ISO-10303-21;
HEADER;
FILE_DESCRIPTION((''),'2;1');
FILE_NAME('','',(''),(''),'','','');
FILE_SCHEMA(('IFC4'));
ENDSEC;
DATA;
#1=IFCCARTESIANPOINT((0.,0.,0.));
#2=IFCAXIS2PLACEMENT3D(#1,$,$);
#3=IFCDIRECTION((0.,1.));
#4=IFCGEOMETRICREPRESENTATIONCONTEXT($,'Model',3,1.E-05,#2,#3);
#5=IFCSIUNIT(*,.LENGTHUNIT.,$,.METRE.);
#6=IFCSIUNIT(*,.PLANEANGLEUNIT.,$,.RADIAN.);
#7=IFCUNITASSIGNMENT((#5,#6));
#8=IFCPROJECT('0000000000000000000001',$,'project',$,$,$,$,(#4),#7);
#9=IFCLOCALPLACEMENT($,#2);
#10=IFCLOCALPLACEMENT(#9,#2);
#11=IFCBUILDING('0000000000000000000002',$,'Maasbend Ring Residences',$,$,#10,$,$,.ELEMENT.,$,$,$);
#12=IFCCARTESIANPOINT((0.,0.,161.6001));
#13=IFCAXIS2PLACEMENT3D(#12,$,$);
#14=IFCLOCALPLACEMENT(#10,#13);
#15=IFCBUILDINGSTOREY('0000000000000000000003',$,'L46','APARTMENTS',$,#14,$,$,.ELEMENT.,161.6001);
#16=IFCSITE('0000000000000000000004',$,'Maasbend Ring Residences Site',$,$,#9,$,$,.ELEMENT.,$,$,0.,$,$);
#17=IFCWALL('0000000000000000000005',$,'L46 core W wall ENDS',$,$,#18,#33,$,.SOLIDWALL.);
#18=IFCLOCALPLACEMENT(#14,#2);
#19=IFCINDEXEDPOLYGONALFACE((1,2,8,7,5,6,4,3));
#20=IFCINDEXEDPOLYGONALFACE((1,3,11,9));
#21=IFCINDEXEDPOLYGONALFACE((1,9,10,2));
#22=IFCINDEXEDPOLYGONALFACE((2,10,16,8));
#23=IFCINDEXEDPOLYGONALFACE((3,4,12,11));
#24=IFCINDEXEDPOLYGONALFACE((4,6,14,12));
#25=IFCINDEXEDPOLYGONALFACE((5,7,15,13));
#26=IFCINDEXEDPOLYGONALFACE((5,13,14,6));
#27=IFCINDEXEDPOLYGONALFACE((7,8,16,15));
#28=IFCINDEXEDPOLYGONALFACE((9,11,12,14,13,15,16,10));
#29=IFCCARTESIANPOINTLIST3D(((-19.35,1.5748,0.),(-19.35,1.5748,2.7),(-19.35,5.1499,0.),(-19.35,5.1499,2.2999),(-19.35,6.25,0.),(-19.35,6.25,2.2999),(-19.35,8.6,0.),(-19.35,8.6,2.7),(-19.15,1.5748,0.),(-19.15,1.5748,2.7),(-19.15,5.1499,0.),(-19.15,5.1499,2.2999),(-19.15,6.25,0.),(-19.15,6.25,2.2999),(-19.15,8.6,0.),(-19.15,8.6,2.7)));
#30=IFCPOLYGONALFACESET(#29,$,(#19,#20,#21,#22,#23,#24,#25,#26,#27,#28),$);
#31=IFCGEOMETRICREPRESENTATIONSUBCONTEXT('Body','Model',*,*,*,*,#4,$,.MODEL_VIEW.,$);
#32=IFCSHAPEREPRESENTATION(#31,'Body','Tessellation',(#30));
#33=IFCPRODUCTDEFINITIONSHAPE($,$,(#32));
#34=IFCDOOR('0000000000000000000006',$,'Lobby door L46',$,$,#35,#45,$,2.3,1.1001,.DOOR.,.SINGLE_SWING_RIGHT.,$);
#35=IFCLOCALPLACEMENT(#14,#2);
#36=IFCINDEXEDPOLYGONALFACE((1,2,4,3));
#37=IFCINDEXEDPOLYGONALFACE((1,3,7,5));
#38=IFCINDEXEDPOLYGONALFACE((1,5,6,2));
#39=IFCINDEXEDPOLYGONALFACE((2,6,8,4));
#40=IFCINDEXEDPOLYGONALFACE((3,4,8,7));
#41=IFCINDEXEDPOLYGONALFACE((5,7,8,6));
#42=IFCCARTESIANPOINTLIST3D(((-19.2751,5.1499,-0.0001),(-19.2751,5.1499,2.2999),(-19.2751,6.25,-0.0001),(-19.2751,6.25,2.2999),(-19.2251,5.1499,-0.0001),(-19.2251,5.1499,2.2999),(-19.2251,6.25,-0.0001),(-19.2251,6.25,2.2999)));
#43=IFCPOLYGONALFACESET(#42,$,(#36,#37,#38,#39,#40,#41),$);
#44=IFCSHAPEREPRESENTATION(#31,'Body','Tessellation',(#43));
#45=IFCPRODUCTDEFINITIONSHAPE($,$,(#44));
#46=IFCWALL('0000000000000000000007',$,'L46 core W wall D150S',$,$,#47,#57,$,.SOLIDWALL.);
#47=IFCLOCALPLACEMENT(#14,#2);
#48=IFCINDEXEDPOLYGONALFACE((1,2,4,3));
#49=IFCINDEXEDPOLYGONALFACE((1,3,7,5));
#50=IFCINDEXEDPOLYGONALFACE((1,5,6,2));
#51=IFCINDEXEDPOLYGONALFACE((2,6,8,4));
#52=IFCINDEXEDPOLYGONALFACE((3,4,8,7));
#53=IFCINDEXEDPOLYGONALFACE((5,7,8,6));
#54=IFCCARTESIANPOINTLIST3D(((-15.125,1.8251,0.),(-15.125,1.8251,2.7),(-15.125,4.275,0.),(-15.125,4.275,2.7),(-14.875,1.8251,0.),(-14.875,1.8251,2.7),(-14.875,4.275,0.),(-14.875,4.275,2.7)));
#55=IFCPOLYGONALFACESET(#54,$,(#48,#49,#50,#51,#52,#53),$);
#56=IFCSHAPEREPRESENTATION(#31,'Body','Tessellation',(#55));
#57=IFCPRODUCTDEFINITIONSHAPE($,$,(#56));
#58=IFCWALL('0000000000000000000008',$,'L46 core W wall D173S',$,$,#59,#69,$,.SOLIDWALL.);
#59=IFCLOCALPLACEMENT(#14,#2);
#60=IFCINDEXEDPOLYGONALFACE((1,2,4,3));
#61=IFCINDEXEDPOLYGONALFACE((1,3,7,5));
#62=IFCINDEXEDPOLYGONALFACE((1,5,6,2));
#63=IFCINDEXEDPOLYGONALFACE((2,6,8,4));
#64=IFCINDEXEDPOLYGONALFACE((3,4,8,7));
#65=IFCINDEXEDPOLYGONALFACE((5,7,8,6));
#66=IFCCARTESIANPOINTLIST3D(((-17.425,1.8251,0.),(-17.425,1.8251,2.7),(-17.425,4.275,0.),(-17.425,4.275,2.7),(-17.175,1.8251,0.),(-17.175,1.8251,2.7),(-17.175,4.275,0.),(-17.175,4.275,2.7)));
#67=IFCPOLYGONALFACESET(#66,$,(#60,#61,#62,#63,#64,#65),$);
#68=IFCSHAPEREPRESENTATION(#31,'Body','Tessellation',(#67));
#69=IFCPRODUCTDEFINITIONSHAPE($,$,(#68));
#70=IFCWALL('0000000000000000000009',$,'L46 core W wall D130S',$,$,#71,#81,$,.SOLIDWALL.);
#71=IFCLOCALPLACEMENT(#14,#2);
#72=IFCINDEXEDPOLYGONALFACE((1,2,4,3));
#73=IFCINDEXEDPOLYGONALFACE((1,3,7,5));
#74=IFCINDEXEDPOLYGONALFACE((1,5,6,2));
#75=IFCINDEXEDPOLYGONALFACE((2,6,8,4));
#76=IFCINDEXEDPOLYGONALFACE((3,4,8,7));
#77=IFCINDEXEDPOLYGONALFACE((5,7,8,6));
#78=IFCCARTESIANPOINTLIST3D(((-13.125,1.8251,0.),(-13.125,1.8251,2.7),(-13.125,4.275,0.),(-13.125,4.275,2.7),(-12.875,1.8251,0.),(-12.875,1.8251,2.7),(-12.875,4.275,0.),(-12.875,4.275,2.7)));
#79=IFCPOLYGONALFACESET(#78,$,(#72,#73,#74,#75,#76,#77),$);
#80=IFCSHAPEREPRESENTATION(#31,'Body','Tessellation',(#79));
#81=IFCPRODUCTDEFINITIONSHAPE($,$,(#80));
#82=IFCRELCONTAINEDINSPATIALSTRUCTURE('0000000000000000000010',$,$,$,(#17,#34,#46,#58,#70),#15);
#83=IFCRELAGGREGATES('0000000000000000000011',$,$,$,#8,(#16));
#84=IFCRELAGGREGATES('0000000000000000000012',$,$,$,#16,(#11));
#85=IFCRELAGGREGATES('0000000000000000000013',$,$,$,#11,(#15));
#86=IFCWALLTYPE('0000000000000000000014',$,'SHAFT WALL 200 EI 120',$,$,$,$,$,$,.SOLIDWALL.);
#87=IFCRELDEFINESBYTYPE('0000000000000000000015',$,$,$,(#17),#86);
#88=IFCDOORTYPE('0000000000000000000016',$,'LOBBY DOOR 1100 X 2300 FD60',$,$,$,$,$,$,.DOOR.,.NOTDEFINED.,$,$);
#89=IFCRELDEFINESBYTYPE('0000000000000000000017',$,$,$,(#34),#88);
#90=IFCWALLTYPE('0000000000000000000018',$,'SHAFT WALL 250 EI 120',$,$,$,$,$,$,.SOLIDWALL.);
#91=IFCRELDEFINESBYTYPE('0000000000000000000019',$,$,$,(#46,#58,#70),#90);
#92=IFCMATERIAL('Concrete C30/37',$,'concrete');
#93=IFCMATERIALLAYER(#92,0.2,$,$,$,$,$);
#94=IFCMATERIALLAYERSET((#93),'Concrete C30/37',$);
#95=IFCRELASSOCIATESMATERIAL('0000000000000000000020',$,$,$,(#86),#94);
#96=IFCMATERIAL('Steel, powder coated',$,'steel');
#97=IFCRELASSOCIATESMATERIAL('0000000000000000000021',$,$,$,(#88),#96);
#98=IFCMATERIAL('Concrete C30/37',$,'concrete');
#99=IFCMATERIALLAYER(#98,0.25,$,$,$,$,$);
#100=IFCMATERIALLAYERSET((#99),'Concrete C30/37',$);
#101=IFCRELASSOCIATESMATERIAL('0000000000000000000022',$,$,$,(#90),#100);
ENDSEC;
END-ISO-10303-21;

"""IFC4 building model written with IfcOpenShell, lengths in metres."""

from ifc_helpers import new_model, si_unit, direction, frame, frame_2d, origin, place, context, subcontext, project, spatial, rectangle, extrude, material, layer, layer_set, type_object, element, fill, save


model = new_model("IFC4")

# Units and contexts
model_context = context("Model", 3, precision=1e-05, world=origin(), true_north=direction((0.0, 1.0)))
body_context = subcontext(model_context, "Body", "Model", "MODEL_VIEW")
ifc_project = project(units=[si_unit("LENGTHUNIT", "METRE"), si_unit("PLANEANGLEUNIT", "RADIAN")], contexts=[model_context])

# Site, building, storey
site_placement = place(None, origin())
site = spatial("IfcSite", under=ifc_project, at=site_placement, Name="Maasbend Ring Residences Site", CompositionType="ELEMENT", RefElevation=0.0)
building_placement = place(site_placement, origin())
building = spatial("IfcBuilding", under=site, at=building_placement, Name="Maasbend Ring Residences", CompositionType="ELEMENT")
storey_placement = place(building_placement, frame((0.0, 0.0, 161.6001)))
storey = spatial("IfcBuildingStorey", under=building, at=storey_placement, Name="L46", Description="APARTMENTS", CompositionType="ELEMENT", Elevation=161.6001)

# Wall, opening, door
ifc_material_1 = material(Name="Concrete C30/37", Category="concrete")
ifc_layer_1 = layer(ifc_material_1, 0.2)
ifc_layer_set_1 = layer_set([ifc_layer_1], Name="Concrete C30/37")
wall_type_1 = type_object("IfcWallType", Name="SHAFT WALL 200 EI 120", PredefinedType="SOLIDWALL", material=ifc_layer_set_1)
wall_1_placement = place(storey_placement, frame((-19.25, 8.6001, 0.0), z_axis=(0.0, 0.0, 1.0), x_axis=(0.0, -1.0, 0.0)))
wall_1 = element("IfcWall", 1, at=wall_1_placement, inside=storey, type_object=wall_type_1, Name="L46 core W wall ENDS", PredefinedType="SOLIDWALL", context=body_context, shape_type="SweptSolid", body=[
    extrude(rectangle(XDim=7.0251, YDim=0.2, at=frame_2d((3.5127, 0.0))), origin(), (0.0, 0.0, 1.0), 2.7),
])
opening_1_placement = place(wall_1_placement, frame((2.3501, 0.0, 0.0)))
opening_1 = element("IfcOpeningElement", 2, at=opening_1_placement, cuts=wall_1, PredefinedType="OPENING", context=body_context, shape_type="SweptSolid", body=[
    extrude(rectangle(XDim=1.1001, YDim=2.3, at=frame_2d((0.55, 1.1499))), frame((0.0, 0.1099, 0.0), z_axis=(0.0, -1.0, 0.0), x_axis=(1.0, 0.0, 0.0)), (0.0, 0.0, 1.0), 0.22),
])
ifc_material_2 = material(Name="Steel, powder coated", Category="steel")
door_type_1 = type_object("IfcDoorType", Name="LOBBY DOOR 1100 X 2300 FD60", OperationType="NOTDEFINED", PredefinedType="DOOR", material=ifc_material_2)
door_1_placement = place(opening_1_placement, origin())
door_1 = element("IfcDoor", 3, at=door_1_placement, inside=storey, type_object=door_type_1, Name="Lobby door L46", OperationType="SINGLE_SWING_RIGHT", OverallHeight=2.3, OverallWidth=1.1001, PredefinedType="DOOR", context=body_context, shape_type="SweptSolid", body=[
    extrude(rectangle(XDim=1.1001, YDim=2.3, at=frame_2d((0.55, 1.1499))), frame((0.0, 0.0249, 0.0), z_axis=(0.0, -1.0, 0.0), x_axis=(1.0, 0.0, 0.0)), (0.0, 0.0, 1.0), 0.05),
])
fill(opening_1, door_1)

# Walls
ifc_material_3 = material(Name="Concrete C30/37", Category="concrete")
ifc_layer_2 = layer(ifc_material_3, 0.25)
ifc_layer_set_2 = layer_set([ifc_layer_2], Name="Concrete C30/37")
wall_type_2 = type_object("IfcWallType", Name="SHAFT WALL 250 EI 120", PredefinedType="SOLIDWALL", material=ifc_layer_set_2)
for number, where, z_axis, x_axis, name in (
    (4, (-15.0, 1.825, 0.0), (0.0, 0.0, 1.0), (0.0, 1.0, 0.0), "L46 core W wall D150S"),
    (5, (-17.3, 1.825, 0.0), (0.0, 0.0, 1.0), (0.0, 1.0, 0.0), "L46 core W wall D173S"),
    (6, (-13.0, 1.825, 0.0), (0.0, 0.0, 1.0), (0.0, 1.0, 0.0), "L46 core W wall D130S"),
):
    element("IfcWall", number, at=place(storey_placement, frame(where, z_axis=z_axis, x_axis=x_axis)), inside=storey, type_object=wall_type_2, Name=name, PredefinedType="SOLIDWALL", context=body_context, shape_type="SweptSolid", body=[
        extrude(rectangle(XDim=2.45, YDim=0.25, at=frame_2d((1.2251, 0.0))), origin(), (0.0, 0.0, 1.0), 2.7),
    ])

save(model, "model.ifc")
